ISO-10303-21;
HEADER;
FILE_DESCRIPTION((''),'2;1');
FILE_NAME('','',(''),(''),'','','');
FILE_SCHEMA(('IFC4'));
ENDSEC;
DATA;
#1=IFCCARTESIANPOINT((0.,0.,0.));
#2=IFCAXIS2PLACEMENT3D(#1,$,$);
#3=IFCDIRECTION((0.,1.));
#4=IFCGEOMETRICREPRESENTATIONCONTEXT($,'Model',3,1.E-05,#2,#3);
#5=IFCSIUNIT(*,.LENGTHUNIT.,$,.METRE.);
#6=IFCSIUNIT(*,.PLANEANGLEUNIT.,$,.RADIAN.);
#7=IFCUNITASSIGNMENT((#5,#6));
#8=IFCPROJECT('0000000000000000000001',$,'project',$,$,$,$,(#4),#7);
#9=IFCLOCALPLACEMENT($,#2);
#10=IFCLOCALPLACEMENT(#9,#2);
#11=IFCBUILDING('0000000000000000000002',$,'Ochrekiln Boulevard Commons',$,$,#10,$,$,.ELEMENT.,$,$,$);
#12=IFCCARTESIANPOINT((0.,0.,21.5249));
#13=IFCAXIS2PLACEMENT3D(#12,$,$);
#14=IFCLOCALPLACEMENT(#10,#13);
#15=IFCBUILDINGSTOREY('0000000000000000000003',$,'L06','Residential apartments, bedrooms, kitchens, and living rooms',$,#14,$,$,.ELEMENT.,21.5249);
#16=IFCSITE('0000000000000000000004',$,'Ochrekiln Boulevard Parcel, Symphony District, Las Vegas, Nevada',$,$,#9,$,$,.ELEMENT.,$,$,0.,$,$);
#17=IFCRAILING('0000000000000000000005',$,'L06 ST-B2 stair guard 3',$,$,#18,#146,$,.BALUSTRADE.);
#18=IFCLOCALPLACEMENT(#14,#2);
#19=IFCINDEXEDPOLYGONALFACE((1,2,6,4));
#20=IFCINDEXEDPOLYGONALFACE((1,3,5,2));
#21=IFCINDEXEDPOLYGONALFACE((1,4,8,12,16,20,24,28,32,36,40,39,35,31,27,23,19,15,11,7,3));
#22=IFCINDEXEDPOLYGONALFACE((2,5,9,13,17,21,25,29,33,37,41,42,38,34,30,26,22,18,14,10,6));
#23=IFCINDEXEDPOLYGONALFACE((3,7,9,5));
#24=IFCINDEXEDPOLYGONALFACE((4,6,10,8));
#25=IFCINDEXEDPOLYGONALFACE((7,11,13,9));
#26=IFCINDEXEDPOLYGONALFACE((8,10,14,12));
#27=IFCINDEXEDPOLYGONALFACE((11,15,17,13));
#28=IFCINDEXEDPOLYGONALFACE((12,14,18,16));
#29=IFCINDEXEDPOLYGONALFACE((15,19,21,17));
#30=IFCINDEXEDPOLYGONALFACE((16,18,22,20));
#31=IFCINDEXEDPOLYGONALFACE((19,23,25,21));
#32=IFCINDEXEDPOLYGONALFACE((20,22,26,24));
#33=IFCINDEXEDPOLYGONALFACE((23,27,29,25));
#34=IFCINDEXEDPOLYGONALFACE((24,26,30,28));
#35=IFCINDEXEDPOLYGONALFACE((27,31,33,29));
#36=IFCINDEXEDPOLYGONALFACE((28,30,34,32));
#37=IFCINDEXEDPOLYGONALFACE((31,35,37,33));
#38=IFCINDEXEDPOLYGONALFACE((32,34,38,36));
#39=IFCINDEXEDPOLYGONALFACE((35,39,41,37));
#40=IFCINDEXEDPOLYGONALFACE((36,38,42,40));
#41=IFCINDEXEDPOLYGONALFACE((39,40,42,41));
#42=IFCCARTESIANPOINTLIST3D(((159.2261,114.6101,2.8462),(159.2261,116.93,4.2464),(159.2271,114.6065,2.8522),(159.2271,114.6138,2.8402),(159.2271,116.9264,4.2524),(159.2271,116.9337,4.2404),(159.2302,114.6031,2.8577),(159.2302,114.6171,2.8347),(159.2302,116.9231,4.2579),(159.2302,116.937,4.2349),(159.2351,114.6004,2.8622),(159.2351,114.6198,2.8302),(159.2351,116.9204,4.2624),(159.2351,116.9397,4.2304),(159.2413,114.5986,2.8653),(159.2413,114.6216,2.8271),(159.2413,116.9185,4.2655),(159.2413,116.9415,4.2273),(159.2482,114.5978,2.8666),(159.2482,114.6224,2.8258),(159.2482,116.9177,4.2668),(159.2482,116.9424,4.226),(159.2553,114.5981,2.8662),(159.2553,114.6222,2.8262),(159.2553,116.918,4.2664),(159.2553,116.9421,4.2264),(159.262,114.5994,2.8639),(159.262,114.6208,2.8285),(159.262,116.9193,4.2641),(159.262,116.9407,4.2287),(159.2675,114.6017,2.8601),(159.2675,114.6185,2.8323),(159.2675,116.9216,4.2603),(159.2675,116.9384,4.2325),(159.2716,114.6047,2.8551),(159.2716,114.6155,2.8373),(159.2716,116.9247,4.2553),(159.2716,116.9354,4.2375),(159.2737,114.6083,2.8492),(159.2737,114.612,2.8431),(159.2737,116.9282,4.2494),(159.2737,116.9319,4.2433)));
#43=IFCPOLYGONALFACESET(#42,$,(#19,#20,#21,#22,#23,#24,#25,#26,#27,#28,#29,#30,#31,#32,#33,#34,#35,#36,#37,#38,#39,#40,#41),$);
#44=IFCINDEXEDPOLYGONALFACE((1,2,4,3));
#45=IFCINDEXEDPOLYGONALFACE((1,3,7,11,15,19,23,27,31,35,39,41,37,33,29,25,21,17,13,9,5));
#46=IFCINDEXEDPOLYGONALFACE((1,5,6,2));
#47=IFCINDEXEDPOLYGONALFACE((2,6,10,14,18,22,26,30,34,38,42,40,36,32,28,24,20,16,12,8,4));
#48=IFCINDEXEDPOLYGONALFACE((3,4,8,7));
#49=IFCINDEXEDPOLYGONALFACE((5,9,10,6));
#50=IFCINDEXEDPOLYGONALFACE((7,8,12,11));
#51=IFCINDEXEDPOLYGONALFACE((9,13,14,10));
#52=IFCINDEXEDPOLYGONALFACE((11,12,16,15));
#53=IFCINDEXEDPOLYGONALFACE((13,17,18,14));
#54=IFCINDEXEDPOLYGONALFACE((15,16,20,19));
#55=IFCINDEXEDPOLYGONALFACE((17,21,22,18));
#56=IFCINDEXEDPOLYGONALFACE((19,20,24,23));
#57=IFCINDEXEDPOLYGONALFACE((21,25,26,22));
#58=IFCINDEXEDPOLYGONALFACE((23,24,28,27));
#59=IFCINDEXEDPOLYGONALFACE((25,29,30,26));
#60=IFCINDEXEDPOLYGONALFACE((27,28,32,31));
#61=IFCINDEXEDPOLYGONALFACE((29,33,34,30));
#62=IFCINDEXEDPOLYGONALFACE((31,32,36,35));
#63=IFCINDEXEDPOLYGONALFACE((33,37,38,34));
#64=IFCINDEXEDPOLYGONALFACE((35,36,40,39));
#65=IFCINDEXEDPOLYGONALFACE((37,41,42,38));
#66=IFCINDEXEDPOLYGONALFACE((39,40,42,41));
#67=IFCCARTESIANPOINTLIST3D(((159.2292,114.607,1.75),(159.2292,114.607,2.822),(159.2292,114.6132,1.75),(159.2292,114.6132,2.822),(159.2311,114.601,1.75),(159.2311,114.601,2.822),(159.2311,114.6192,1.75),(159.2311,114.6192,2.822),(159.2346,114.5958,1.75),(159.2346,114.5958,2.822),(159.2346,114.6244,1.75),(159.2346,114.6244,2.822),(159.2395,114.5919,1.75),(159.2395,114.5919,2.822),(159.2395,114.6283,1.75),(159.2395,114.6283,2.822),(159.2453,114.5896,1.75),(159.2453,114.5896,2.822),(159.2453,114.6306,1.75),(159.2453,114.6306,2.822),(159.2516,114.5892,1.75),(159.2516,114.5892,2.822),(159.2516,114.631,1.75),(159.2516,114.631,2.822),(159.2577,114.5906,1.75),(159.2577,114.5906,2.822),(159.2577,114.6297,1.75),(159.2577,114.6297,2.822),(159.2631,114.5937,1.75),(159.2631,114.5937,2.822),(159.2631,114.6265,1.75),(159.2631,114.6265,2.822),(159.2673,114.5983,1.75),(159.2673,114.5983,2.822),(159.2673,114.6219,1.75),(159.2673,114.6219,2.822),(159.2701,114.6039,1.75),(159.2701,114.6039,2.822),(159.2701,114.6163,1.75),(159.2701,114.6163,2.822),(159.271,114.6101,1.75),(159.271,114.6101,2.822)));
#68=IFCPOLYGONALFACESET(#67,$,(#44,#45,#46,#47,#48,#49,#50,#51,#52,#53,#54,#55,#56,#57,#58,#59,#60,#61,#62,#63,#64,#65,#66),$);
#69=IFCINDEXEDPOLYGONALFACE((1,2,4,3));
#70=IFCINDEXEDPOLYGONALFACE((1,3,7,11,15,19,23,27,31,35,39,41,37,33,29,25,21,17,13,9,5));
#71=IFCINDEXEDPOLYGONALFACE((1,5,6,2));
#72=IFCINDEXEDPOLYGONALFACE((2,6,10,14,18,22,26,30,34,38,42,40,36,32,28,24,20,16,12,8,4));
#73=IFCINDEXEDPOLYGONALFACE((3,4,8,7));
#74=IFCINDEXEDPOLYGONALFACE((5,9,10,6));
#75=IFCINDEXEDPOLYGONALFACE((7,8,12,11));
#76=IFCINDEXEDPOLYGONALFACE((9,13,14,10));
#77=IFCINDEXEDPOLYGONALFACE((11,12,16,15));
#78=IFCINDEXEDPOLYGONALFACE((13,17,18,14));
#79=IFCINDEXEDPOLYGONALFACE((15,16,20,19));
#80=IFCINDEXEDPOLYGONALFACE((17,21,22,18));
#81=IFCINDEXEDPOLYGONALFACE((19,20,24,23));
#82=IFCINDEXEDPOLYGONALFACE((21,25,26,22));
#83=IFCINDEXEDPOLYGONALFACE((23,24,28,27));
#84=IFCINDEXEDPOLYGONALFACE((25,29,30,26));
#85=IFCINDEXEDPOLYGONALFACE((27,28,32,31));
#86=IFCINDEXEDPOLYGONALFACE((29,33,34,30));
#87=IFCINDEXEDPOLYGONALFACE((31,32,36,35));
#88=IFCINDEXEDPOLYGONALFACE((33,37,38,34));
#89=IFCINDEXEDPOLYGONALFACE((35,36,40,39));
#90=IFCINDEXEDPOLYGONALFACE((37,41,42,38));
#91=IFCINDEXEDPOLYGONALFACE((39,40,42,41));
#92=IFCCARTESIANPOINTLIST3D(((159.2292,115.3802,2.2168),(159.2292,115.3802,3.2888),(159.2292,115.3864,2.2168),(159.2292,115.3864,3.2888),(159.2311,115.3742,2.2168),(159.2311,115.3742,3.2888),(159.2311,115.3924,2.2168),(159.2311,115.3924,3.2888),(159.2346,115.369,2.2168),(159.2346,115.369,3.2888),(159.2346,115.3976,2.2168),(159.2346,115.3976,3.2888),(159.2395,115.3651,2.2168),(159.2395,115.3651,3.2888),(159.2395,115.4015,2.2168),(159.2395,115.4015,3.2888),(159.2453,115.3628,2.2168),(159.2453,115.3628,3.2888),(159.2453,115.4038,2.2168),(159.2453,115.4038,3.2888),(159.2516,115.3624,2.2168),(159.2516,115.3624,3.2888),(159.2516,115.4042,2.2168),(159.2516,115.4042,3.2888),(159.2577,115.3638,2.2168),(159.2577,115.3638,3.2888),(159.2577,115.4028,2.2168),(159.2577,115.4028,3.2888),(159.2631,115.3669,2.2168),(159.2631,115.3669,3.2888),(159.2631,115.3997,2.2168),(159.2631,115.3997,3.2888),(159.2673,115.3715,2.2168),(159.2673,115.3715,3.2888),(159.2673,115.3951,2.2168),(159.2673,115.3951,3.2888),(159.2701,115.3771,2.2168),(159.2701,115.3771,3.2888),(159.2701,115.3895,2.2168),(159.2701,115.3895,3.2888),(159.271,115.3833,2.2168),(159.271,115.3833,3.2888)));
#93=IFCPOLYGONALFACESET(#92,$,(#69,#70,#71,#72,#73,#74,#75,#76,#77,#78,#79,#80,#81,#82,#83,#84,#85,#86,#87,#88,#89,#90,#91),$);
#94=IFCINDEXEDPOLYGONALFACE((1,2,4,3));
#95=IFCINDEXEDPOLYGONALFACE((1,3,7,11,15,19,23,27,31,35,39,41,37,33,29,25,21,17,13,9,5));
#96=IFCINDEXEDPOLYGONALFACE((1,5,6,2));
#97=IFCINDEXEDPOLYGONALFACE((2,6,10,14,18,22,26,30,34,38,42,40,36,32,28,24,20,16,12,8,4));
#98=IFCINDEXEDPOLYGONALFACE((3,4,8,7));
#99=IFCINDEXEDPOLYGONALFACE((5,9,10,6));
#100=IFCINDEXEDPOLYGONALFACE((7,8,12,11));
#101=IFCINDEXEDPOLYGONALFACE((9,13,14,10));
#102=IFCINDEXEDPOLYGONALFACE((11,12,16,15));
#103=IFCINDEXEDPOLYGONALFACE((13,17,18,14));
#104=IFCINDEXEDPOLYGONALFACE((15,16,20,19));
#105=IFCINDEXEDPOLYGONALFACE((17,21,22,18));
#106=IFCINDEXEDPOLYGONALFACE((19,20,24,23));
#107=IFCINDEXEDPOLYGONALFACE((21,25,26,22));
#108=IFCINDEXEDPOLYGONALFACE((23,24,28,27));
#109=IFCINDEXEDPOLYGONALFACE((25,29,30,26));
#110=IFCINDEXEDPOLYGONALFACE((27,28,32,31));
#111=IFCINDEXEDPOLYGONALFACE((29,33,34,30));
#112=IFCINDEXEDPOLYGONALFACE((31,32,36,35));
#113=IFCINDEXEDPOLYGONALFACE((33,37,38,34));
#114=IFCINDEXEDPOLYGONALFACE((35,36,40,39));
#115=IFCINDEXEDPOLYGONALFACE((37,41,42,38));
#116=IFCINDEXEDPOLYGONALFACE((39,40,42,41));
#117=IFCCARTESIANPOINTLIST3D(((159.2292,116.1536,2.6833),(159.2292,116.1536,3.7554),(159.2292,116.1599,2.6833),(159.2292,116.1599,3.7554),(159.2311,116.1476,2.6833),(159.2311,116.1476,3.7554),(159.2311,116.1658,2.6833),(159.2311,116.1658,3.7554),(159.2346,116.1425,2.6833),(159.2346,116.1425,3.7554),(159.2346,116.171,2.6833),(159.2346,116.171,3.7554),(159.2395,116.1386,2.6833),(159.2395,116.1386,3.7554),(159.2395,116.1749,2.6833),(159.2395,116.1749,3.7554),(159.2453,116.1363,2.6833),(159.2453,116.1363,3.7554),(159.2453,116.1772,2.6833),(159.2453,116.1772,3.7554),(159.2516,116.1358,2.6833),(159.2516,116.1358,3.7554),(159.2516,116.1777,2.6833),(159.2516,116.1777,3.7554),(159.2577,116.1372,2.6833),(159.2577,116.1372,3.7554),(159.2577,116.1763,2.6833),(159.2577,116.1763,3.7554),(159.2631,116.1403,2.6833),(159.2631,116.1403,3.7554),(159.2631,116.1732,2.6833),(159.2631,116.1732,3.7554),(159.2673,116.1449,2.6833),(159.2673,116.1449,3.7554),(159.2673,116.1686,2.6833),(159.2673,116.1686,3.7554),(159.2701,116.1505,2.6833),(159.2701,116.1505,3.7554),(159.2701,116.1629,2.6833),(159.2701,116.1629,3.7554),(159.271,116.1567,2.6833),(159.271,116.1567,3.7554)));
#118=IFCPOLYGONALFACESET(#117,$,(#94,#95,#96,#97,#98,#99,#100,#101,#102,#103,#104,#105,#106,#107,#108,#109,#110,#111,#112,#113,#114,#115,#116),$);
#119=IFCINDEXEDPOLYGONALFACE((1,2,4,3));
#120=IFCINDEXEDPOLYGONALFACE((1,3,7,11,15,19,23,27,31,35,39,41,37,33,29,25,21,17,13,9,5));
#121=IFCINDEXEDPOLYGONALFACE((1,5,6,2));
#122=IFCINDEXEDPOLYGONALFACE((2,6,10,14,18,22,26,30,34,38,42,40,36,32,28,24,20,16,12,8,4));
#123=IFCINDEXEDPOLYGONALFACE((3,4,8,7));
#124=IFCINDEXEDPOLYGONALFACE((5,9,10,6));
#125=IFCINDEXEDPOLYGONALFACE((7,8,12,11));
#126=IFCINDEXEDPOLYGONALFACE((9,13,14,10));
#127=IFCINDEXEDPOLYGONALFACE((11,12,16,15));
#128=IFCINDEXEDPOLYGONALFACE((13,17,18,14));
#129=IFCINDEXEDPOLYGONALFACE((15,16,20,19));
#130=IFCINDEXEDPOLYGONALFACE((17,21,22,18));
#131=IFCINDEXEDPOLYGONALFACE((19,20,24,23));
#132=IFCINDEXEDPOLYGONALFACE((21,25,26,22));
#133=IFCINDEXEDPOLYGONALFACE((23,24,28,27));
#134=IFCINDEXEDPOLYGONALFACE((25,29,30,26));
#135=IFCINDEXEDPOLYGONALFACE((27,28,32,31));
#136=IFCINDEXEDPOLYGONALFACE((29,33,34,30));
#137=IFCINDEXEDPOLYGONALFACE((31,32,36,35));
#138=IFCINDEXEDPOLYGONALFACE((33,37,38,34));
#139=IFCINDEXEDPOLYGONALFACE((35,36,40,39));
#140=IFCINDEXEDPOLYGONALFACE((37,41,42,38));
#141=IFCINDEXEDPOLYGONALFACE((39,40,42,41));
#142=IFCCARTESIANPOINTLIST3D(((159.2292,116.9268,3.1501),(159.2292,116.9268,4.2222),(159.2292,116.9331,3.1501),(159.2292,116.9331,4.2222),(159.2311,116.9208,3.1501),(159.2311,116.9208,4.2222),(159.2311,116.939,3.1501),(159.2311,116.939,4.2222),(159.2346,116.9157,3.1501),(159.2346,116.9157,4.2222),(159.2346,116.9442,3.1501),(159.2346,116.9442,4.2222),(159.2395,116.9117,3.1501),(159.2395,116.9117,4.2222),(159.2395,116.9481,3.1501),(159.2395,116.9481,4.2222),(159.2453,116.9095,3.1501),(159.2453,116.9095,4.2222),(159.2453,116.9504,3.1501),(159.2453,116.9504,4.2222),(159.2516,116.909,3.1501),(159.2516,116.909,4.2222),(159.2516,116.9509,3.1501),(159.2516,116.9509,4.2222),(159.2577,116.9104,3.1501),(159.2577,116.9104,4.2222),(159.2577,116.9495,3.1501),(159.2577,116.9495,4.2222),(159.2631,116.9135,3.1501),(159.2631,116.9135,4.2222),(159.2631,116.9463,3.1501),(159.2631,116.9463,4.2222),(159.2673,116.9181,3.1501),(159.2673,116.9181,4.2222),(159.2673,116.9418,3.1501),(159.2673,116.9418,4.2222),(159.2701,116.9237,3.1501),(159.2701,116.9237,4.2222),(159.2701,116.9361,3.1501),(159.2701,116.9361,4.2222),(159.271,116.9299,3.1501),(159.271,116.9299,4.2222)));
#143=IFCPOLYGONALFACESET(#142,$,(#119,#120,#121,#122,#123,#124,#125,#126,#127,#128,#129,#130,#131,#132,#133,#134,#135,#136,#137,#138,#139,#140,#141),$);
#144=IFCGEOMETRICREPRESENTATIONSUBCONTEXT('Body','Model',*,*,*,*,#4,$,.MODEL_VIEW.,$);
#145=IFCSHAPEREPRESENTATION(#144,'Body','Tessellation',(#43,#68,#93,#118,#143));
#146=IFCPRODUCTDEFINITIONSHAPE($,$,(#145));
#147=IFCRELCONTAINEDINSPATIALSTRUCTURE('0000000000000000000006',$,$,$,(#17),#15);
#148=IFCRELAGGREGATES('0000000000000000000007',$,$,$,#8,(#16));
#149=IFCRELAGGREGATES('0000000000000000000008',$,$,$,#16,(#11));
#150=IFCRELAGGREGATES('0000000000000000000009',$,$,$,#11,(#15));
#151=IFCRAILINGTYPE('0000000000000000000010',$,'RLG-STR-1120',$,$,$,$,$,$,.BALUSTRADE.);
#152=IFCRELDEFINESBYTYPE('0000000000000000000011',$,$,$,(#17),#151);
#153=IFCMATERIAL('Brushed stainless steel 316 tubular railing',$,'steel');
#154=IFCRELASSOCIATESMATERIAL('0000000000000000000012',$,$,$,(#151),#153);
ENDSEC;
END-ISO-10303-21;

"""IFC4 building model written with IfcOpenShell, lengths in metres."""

from ifc_helpers import new_model, si_unit, direction, frame, origin, origin_2d, place, context, subcontext, project, spatial, circle, extrude, material, type_object, element, save


model = new_model("IFC4")

# Units and contexts
model_context = context("Model", 3, precision=1e-05, world=origin(), true_north=direction((0.0, 1.0)))
body_context = subcontext(model_context, "Body", "Model", "MODEL_VIEW")
ifc_project = project(units=[si_unit("LENGTHUNIT", "METRE"), si_unit("PLANEANGLEUNIT", "RADIAN")], contexts=[model_context])

# Site, building, storey
site_placement = place(None, origin())
site = spatial("IfcSite", under=ifc_project, at=site_placement, Name="Ochrekiln Boulevard Parcel, Symphony District, Las Vegas, Nevada", CompositionType="ELEMENT", RefElevation=0.0)
building_placement = place(site_placement, origin())
building = spatial("IfcBuilding", under=site, at=building_placement, Name="Ochrekiln Boulevard Commons", CompositionType="ELEMENT")
storey_placement = place(building_placement, frame((0.0, 0.0, 21.5249)))
storey = spatial("IfcBuildingStorey", under=building, at=storey_placement, Name="L06", Description="Residential apartments, bedrooms, kitchens, and living rooms", CompositionType="ELEMENT", Elevation=21.5249)

# Railing
ifc_material_1 = material(Name="Brushed stainless steel 316 tubular railing", Category="steel")
railing_type_1 = type_object("IfcRailingType", Name="RLG-STR-1120", PredefinedType="BALUSTRADE", material=ifc_material_1)
railing_1_placement = place(storey_placement, frame((159.25, 114.6101, 1.75)))
element("IfcRailing", 1, at=railing_1_placement, inside=storey, type_object=railing_type_1, Name="L06 ST-B2 stair guard 3", PredefinedType="BALUSTRADE", context=body_context, shape_type="SweptSolid", body=[
    extrude(circle(Radius=0.0239, at=origin_2d()), frame((0.0, 0.0, 1.0962), z_axis=(0.0, 0.856146, 0.516733), x_axis=(-1.0, 0.0, 0.0)), (0.0, 0.0, 1.0), 2.7097),
    extrude(circle(Radius=0.021, at=origin_2d()), origin(), (0.0, 0.0, 1.0), 1.072),
    extrude(circle(Radius=0.021, at=origin_2d()), frame((0.0, 0.7732, 0.4668)), (0.0, 0.0, 1.0), 1.072),
    extrude(circle(Radius=0.021, at=origin_2d()), frame((0.0, 1.5466, 0.9333)), (0.0, 0.0, 1.0), 1.072),
    extrude(circle(Radius=0.021, at=origin_2d()), frame((0.0, 2.3198, 1.4001)), (0.0, 0.0, 1.0), 1.072),
])

save(model, "model.ifc")
